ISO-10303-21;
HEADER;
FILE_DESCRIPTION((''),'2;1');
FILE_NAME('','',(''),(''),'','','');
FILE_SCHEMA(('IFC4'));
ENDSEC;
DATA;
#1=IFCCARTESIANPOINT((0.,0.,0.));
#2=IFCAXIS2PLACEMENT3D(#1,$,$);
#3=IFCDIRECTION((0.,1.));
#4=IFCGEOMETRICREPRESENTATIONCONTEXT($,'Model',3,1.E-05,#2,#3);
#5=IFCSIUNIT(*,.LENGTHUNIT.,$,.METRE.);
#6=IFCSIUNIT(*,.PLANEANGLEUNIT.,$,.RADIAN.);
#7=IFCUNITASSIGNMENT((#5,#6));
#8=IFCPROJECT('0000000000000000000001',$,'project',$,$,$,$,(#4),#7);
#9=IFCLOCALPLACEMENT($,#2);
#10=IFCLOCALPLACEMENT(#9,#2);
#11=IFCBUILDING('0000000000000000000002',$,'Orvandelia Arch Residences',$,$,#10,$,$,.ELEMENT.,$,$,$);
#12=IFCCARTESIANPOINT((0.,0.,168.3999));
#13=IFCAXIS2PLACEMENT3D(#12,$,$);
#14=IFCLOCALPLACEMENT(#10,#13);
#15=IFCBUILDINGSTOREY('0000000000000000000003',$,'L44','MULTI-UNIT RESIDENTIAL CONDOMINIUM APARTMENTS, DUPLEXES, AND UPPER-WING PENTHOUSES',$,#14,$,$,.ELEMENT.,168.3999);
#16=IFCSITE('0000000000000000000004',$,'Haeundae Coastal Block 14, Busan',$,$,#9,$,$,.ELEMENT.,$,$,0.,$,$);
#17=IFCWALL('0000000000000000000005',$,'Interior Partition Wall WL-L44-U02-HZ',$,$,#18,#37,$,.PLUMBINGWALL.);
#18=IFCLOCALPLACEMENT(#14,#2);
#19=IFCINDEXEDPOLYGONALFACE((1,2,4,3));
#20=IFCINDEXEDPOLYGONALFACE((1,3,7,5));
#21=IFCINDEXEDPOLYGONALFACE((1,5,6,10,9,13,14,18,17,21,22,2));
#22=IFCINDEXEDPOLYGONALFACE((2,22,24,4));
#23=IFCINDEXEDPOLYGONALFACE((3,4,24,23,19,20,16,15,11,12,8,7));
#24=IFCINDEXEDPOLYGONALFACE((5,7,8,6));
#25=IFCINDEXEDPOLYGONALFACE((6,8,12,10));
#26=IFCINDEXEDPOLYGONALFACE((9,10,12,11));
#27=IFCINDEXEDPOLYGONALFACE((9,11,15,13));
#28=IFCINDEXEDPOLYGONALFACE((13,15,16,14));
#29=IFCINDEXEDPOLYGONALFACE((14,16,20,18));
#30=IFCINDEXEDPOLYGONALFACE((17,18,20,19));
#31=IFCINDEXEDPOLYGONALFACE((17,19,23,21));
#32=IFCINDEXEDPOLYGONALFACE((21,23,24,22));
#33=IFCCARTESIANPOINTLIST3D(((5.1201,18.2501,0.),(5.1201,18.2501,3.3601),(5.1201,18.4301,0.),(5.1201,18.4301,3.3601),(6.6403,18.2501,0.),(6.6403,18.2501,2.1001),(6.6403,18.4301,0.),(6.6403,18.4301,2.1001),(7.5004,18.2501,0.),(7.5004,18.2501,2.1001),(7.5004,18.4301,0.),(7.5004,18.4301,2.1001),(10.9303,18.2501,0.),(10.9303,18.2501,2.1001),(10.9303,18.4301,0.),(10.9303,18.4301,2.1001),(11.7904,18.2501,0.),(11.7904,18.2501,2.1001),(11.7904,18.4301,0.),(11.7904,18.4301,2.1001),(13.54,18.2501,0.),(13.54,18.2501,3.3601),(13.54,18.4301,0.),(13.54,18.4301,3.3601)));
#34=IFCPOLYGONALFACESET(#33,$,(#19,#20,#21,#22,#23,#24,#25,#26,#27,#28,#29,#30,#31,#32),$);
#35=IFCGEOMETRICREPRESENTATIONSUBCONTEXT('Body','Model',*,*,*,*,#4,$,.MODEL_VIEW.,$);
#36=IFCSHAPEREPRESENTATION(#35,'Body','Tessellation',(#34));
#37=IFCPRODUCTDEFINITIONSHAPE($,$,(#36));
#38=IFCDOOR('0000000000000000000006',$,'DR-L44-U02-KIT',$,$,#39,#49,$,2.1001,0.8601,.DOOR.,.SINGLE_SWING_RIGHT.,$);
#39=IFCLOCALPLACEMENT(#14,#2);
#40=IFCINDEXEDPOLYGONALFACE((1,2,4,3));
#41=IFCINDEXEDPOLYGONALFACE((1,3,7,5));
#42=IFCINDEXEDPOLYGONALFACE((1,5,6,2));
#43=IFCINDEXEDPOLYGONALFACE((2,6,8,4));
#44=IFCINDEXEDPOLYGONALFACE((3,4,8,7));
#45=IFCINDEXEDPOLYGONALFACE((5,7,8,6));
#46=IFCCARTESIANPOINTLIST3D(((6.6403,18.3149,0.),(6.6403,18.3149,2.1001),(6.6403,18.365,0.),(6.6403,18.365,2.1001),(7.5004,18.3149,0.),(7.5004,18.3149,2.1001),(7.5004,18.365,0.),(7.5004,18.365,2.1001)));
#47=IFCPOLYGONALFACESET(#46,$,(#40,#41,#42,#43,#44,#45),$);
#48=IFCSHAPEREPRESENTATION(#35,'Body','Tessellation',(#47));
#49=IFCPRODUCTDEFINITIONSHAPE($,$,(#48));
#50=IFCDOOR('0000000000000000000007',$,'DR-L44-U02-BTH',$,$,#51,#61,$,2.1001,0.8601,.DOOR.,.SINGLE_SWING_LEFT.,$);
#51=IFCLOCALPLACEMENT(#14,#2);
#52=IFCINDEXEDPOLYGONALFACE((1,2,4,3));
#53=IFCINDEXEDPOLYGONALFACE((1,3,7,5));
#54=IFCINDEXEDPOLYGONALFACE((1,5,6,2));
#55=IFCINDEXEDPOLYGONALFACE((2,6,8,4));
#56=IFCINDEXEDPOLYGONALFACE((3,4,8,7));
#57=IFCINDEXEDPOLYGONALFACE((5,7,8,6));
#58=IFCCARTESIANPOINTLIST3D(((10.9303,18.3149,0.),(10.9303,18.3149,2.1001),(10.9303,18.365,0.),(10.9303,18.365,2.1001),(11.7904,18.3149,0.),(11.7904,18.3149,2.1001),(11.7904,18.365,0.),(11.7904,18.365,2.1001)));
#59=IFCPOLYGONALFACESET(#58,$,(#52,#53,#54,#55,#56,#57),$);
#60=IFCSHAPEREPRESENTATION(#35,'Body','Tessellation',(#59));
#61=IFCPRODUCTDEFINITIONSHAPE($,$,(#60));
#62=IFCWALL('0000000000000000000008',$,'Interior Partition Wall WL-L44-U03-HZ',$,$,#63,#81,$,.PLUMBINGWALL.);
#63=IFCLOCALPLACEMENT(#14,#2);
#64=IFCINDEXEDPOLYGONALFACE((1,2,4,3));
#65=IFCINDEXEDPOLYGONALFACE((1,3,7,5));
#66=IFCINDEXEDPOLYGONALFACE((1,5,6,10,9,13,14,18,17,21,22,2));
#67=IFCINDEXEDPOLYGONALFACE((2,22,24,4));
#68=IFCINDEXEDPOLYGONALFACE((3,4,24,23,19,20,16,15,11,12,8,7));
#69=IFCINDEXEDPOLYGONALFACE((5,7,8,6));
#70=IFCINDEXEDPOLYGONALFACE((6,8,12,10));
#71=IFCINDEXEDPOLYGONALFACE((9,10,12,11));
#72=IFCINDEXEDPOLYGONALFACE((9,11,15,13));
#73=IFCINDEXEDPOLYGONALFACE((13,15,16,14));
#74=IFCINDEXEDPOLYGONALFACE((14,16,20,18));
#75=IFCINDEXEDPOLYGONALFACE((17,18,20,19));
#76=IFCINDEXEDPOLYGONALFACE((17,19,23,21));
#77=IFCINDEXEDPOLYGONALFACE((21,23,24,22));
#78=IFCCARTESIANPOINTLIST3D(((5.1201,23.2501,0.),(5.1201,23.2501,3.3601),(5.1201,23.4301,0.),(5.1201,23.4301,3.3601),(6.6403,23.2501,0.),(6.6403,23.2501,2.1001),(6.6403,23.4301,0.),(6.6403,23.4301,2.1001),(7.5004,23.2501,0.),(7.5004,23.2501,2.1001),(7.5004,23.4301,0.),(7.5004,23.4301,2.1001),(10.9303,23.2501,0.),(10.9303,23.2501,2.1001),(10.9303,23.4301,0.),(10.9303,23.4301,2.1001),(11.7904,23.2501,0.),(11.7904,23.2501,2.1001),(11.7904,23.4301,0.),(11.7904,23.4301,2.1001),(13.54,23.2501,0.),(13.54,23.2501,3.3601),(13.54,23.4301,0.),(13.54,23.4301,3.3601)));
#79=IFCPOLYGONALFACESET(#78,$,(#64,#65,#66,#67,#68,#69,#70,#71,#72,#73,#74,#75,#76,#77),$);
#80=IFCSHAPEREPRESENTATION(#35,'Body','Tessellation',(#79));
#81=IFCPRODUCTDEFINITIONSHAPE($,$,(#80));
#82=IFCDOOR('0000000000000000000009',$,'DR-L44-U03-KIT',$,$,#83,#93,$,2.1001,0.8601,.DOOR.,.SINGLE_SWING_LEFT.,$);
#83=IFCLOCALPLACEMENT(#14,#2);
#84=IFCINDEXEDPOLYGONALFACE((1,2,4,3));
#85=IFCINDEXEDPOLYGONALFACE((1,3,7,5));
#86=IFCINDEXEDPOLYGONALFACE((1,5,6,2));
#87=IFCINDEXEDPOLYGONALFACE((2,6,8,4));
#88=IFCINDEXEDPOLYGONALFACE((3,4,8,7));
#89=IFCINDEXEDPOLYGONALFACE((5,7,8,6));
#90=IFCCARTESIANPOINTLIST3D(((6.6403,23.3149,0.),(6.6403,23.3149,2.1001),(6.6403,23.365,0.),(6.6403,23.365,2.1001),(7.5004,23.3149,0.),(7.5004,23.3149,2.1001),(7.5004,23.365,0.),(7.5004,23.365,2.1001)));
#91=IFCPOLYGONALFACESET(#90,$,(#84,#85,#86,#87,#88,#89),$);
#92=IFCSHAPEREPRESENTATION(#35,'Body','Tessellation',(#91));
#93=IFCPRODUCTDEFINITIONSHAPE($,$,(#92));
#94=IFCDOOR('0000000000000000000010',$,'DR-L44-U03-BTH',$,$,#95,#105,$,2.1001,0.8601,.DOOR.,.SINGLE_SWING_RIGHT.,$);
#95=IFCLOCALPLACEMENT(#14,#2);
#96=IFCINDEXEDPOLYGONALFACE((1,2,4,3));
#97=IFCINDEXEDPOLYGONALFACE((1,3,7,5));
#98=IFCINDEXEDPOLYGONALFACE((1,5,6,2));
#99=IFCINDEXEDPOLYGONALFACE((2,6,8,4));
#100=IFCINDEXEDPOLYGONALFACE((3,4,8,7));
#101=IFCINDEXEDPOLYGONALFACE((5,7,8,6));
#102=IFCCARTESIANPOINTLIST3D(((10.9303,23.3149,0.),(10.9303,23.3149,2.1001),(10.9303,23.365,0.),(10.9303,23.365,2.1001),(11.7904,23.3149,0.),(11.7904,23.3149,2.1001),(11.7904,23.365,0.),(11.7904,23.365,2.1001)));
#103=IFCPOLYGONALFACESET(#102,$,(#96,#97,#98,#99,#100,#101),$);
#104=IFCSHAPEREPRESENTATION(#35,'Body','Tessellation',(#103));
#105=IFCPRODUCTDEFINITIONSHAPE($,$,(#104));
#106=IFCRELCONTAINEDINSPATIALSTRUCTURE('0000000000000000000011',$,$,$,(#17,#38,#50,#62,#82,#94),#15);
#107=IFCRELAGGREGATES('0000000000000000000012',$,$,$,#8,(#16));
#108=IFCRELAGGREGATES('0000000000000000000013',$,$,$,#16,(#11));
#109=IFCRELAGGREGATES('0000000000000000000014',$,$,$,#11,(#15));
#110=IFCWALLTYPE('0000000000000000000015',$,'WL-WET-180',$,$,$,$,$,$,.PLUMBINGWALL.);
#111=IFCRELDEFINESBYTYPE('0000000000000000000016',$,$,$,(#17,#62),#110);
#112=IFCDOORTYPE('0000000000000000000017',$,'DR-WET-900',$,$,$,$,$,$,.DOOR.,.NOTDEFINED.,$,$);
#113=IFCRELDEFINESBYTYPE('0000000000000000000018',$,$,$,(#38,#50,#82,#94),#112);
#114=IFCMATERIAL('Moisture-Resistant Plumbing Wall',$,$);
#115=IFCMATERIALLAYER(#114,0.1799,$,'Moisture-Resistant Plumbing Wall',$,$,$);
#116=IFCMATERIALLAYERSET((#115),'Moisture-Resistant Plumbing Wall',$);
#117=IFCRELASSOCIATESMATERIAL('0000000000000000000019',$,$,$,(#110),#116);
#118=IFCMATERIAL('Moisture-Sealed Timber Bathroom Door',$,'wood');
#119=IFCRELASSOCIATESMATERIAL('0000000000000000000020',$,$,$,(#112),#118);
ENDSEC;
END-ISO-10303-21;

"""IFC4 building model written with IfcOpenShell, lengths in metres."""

from ifc_helpers import new_model, si_unit, direction, frame, frame_2d, origin, place, context, subcontext, project, spatial, rectangle, extrude, material, layer, layer_set, type_object, element, fill, save


model = new_model("IFC4")

# Units and contexts
model_context = context("Model", 3, precision=1e-05, world=origin(), true_north=direction((0.0, 1.0)))
body_context = subcontext(model_context, "Body", "Model", "MODEL_VIEW")
ifc_project = project(units=[si_unit("LENGTHUNIT", "METRE"), si_unit("PLANEANGLEUNIT", "RADIAN")], contexts=[model_context])

# Site, building, storey
site_placement = place(None, origin())
site = spatial("IfcSite", under=ifc_project, at=site_placement, Name="Haeundae Coastal Block 14, Busan", CompositionType="ELEMENT", RefElevation=0.0)
building_placement = place(site_placement, origin())
building = spatial("IfcBuilding", under=site, at=building_placement, Name="Orvandelia Arch Residences", CompositionType="ELEMENT")
storey_placement = place(building_placement, frame((0.0, 0.0, 168.3999)))
storey = spatial("IfcBuildingStorey", under=building, at=storey_placement, Name="L44", Description="MULTI-UNIT RESIDENTIAL CONDOMINIUM APARTMENTS, DUPLEXES, AND UPPER-WING PENTHOUSES", CompositionType="ELEMENT", Elevation=168.3999)

# Walls, openings, doors
ifc_material_1 = material(Name="Moisture-Resistant Plumbing Wall")
ifc_layer_1 = layer(ifc_material_1, 0.1799, Name="Moisture-Resistant Plumbing Wall")
ifc_layer_set_1 = layer_set([ifc_layer_1], Name="Moisture-Resistant Plumbing Wall")
wall_type_1 = type_object("IfcWallType", Name="WL-WET-180", PredefinedType="PLUMBINGWALL", material=ifc_layer_set_1)
wall_1_placement = place(storey_placement, frame((5.1201, 18.3401, 0.0), z_axis=(0.0, 0.0, 1.0), x_axis=(1.0, 0.0, 0.0)))
wall_1 = element("IfcWall", 1, at=wall_1_placement, inside=storey, type_object=wall_type_1, Name="Interior Partition Wall WL-L44-U02-HZ", PredefinedType="PLUMBINGWALL", context=body_context, shape_type="SweptSolid", body=[
    extrude(rectangle(XDim=8.4199, YDim=0.1799, at=frame_2d((4.21, 0.0))), origin(), (0.0, 0.0, 1.0), 3.3601),
])
opening_1_placement = place(wall_1_placement, frame((1.52, 0.0, 0.0)))
opening_1 = element("IfcOpeningElement", 2, at=opening_1_placement, cuts=wall_1, PredefinedType="OPENING", context=body_context, shape_type="SweptSolid", body=[
    extrude(rectangle(XDim=0.8601, YDim=2.1001, at=frame_2d((0.4302, 1.05))), frame((0.0, 0.1001, 0.0), z_axis=(0.0, -1.0, 0.0), x_axis=(1.0, 0.0, 0.0)), (0.0, 0.0, 1.0), 0.2),
])
opening_2_placement = place(wall_1_placement, frame((5.8101, 0.0, 0.0)))
opening_2 = element("IfcOpeningElement", 3, at=opening_2_placement, cuts=wall_1, PredefinedType="OPENING", context=body_context, shape_type="SweptSolid", body=[
    extrude(rectangle(XDim=0.8601, YDim=2.1001, at=frame_2d((0.4302, 1.05))), frame((0.0, 0.1001, 0.0), z_axis=(0.0, -1.0, 0.0), x_axis=(1.0, 0.0, 0.0)), (0.0, 0.0, 1.0), 0.2),
])
ifc_material_2 = material(Name="Moisture-Sealed Timber Bathroom Door", Category="wood")
door_type = type_object("IfcDoorType", Name="DR-WET-900", OperationType="NOTDEFINED", PredefinedType="DOOR", material=ifc_material_2)
door_1_placement = place(opening_1_placement, origin())
door_1 = element("IfcDoor", 4, at=door_1_placement, inside=storey, type_object=door_type, Name="DR-L44-U02-KIT", OperationType="SINGLE_SWING_RIGHT", OverallHeight=2.1001, OverallWidth=0.8601, PredefinedType="DOOR", context=body_context, shape_type="SweptSolid", body=[
    extrude(rectangle(XDim=0.8601, YDim=2.1001, at=frame_2d((0.4302, 1.05))), frame((0.0, 0.0249, 0.0), z_axis=(0.0, -1.0, 0.0), x_axis=(1.0, 0.0, 0.0)), (0.0, 0.0, 1.0), 0.05),
])
fill(opening_1, door_1)
door_2_placement = place(opening_2_placement, origin())
door_2 = element("IfcDoor", 5, at=door_2_placement, inside=storey, type_object=door_type, Name="DR-L44-U02-BTH", OperationType="SINGLE_SWING_LEFT", OverallHeight=2.1001, OverallWidth=0.8601, PredefinedType="DOOR", context=body_context, shape_type="SweptSolid", body=[
    extrude(rectangle(XDim=0.8601, YDim=2.1001, at=frame_2d((0.4302, 1.05))), frame((0.0, 0.0249, 0.0), z_axis=(0.0, -1.0, 0.0), x_axis=(1.0, 0.0, 0.0)), (0.0, 0.0, 1.0), 0.05),
])
fill(opening_2, door_2)
wall_2_placement = place(storey_placement, frame((5.1201, 23.3401, 0.0), z_axis=(0.0, 0.0, 1.0), x_axis=(1.0, 0.0, 0.0)))
wall_2 = element("IfcWall", 6, at=wall_2_placement, inside=storey, type_object=wall_type_1, Name="Interior Partition Wall WL-L44-U03-HZ", PredefinedType="PLUMBINGWALL", context=body_context, shape_type="SweptSolid", body=[
    extrude(rectangle(XDim=8.4199, YDim=0.1799, at=frame_2d((4.21, 0.0))), origin(), (0.0, 0.0, 1.0), 3.3601),
])
opening_3_placement = place(wall_2_placement, frame((1.52, 0.0, 0.0)))
opening_3 = element("IfcOpeningElement", 7, at=opening_3_placement, cuts=wall_2, PredefinedType="OPENING", context=body_context, shape_type="SweptSolid", body=[
    extrude(rectangle(XDim=0.8601, YDim=2.1001, at=frame_2d((0.4302, 1.05))), frame((0.0, 0.1001, 0.0), z_axis=(0.0, -1.0, 0.0), x_axis=(1.0, 0.0, 0.0)), (0.0, 0.0, 1.0), 0.2),
])
opening_4_placement = place(wall_2_placement, frame((5.8101, 0.0, 0.0)))
opening_4 = element("IfcOpeningElement", 8, at=opening_4_placement, cuts=wall_2, PredefinedType="OPENING", context=body_context, shape_type="SweptSolid", body=[
    extrude(rectangle(XDim=0.8601, YDim=2.1001, at=frame_2d((0.4302, 1.05))), frame((0.0, 0.1001, 0.0), z_axis=(0.0, -1.0, 0.0), x_axis=(1.0, 0.0, 0.0)), (0.0, 0.0, 1.0), 0.2),
])
door_3_placement = place(opening_3_placement, origin())
door_3 = element("IfcDoor", 9, at=door_3_placement, inside=storey, type_object=door_type, Name="DR-L44-U03-KIT", OperationType="SINGLE_SWING_LEFT", OverallHeight=2.1001, OverallWidth=0.8601, PredefinedType="DOOR", context=body_context, shape_type="SweptSolid", body=[
    extrude(rectangle(XDim=0.8601, YDim=2.1001, at=frame_2d((0.4302, 1.05))), frame((0.0, 0.0249, 0.0), z_axis=(0.0, -1.0, 0.0), x_axis=(1.0, 0.0, 0.0)), (0.0, 0.0, 1.0), 0.05),
])
fill(opening_3, door_3)
door_4_placement = place(opening_4_placement, origin())
door_4 = element("IfcDoor", 10, at=door_4_placement, inside=storey, type_object=door_type, Name="DR-L44-U03-BTH", OperationType="SINGLE_SWING_RIGHT", OverallHeight=2.1001, OverallWidth=0.8601, PredefinedType="DOOR", context=body_context, shape_type="SweptSolid", body=[
    extrude(rectangle(XDim=0.8601, YDim=2.1001, at=frame_2d((0.4302, 1.05))), frame((0.0, 0.0249, 0.0), z_axis=(0.0, -1.0, 0.0), x_axis=(1.0, 0.0, 0.0)), (0.0, 0.0, 1.0), 0.05),
])
fill(opening_4, door_4)

save(model, "model.ifc")
